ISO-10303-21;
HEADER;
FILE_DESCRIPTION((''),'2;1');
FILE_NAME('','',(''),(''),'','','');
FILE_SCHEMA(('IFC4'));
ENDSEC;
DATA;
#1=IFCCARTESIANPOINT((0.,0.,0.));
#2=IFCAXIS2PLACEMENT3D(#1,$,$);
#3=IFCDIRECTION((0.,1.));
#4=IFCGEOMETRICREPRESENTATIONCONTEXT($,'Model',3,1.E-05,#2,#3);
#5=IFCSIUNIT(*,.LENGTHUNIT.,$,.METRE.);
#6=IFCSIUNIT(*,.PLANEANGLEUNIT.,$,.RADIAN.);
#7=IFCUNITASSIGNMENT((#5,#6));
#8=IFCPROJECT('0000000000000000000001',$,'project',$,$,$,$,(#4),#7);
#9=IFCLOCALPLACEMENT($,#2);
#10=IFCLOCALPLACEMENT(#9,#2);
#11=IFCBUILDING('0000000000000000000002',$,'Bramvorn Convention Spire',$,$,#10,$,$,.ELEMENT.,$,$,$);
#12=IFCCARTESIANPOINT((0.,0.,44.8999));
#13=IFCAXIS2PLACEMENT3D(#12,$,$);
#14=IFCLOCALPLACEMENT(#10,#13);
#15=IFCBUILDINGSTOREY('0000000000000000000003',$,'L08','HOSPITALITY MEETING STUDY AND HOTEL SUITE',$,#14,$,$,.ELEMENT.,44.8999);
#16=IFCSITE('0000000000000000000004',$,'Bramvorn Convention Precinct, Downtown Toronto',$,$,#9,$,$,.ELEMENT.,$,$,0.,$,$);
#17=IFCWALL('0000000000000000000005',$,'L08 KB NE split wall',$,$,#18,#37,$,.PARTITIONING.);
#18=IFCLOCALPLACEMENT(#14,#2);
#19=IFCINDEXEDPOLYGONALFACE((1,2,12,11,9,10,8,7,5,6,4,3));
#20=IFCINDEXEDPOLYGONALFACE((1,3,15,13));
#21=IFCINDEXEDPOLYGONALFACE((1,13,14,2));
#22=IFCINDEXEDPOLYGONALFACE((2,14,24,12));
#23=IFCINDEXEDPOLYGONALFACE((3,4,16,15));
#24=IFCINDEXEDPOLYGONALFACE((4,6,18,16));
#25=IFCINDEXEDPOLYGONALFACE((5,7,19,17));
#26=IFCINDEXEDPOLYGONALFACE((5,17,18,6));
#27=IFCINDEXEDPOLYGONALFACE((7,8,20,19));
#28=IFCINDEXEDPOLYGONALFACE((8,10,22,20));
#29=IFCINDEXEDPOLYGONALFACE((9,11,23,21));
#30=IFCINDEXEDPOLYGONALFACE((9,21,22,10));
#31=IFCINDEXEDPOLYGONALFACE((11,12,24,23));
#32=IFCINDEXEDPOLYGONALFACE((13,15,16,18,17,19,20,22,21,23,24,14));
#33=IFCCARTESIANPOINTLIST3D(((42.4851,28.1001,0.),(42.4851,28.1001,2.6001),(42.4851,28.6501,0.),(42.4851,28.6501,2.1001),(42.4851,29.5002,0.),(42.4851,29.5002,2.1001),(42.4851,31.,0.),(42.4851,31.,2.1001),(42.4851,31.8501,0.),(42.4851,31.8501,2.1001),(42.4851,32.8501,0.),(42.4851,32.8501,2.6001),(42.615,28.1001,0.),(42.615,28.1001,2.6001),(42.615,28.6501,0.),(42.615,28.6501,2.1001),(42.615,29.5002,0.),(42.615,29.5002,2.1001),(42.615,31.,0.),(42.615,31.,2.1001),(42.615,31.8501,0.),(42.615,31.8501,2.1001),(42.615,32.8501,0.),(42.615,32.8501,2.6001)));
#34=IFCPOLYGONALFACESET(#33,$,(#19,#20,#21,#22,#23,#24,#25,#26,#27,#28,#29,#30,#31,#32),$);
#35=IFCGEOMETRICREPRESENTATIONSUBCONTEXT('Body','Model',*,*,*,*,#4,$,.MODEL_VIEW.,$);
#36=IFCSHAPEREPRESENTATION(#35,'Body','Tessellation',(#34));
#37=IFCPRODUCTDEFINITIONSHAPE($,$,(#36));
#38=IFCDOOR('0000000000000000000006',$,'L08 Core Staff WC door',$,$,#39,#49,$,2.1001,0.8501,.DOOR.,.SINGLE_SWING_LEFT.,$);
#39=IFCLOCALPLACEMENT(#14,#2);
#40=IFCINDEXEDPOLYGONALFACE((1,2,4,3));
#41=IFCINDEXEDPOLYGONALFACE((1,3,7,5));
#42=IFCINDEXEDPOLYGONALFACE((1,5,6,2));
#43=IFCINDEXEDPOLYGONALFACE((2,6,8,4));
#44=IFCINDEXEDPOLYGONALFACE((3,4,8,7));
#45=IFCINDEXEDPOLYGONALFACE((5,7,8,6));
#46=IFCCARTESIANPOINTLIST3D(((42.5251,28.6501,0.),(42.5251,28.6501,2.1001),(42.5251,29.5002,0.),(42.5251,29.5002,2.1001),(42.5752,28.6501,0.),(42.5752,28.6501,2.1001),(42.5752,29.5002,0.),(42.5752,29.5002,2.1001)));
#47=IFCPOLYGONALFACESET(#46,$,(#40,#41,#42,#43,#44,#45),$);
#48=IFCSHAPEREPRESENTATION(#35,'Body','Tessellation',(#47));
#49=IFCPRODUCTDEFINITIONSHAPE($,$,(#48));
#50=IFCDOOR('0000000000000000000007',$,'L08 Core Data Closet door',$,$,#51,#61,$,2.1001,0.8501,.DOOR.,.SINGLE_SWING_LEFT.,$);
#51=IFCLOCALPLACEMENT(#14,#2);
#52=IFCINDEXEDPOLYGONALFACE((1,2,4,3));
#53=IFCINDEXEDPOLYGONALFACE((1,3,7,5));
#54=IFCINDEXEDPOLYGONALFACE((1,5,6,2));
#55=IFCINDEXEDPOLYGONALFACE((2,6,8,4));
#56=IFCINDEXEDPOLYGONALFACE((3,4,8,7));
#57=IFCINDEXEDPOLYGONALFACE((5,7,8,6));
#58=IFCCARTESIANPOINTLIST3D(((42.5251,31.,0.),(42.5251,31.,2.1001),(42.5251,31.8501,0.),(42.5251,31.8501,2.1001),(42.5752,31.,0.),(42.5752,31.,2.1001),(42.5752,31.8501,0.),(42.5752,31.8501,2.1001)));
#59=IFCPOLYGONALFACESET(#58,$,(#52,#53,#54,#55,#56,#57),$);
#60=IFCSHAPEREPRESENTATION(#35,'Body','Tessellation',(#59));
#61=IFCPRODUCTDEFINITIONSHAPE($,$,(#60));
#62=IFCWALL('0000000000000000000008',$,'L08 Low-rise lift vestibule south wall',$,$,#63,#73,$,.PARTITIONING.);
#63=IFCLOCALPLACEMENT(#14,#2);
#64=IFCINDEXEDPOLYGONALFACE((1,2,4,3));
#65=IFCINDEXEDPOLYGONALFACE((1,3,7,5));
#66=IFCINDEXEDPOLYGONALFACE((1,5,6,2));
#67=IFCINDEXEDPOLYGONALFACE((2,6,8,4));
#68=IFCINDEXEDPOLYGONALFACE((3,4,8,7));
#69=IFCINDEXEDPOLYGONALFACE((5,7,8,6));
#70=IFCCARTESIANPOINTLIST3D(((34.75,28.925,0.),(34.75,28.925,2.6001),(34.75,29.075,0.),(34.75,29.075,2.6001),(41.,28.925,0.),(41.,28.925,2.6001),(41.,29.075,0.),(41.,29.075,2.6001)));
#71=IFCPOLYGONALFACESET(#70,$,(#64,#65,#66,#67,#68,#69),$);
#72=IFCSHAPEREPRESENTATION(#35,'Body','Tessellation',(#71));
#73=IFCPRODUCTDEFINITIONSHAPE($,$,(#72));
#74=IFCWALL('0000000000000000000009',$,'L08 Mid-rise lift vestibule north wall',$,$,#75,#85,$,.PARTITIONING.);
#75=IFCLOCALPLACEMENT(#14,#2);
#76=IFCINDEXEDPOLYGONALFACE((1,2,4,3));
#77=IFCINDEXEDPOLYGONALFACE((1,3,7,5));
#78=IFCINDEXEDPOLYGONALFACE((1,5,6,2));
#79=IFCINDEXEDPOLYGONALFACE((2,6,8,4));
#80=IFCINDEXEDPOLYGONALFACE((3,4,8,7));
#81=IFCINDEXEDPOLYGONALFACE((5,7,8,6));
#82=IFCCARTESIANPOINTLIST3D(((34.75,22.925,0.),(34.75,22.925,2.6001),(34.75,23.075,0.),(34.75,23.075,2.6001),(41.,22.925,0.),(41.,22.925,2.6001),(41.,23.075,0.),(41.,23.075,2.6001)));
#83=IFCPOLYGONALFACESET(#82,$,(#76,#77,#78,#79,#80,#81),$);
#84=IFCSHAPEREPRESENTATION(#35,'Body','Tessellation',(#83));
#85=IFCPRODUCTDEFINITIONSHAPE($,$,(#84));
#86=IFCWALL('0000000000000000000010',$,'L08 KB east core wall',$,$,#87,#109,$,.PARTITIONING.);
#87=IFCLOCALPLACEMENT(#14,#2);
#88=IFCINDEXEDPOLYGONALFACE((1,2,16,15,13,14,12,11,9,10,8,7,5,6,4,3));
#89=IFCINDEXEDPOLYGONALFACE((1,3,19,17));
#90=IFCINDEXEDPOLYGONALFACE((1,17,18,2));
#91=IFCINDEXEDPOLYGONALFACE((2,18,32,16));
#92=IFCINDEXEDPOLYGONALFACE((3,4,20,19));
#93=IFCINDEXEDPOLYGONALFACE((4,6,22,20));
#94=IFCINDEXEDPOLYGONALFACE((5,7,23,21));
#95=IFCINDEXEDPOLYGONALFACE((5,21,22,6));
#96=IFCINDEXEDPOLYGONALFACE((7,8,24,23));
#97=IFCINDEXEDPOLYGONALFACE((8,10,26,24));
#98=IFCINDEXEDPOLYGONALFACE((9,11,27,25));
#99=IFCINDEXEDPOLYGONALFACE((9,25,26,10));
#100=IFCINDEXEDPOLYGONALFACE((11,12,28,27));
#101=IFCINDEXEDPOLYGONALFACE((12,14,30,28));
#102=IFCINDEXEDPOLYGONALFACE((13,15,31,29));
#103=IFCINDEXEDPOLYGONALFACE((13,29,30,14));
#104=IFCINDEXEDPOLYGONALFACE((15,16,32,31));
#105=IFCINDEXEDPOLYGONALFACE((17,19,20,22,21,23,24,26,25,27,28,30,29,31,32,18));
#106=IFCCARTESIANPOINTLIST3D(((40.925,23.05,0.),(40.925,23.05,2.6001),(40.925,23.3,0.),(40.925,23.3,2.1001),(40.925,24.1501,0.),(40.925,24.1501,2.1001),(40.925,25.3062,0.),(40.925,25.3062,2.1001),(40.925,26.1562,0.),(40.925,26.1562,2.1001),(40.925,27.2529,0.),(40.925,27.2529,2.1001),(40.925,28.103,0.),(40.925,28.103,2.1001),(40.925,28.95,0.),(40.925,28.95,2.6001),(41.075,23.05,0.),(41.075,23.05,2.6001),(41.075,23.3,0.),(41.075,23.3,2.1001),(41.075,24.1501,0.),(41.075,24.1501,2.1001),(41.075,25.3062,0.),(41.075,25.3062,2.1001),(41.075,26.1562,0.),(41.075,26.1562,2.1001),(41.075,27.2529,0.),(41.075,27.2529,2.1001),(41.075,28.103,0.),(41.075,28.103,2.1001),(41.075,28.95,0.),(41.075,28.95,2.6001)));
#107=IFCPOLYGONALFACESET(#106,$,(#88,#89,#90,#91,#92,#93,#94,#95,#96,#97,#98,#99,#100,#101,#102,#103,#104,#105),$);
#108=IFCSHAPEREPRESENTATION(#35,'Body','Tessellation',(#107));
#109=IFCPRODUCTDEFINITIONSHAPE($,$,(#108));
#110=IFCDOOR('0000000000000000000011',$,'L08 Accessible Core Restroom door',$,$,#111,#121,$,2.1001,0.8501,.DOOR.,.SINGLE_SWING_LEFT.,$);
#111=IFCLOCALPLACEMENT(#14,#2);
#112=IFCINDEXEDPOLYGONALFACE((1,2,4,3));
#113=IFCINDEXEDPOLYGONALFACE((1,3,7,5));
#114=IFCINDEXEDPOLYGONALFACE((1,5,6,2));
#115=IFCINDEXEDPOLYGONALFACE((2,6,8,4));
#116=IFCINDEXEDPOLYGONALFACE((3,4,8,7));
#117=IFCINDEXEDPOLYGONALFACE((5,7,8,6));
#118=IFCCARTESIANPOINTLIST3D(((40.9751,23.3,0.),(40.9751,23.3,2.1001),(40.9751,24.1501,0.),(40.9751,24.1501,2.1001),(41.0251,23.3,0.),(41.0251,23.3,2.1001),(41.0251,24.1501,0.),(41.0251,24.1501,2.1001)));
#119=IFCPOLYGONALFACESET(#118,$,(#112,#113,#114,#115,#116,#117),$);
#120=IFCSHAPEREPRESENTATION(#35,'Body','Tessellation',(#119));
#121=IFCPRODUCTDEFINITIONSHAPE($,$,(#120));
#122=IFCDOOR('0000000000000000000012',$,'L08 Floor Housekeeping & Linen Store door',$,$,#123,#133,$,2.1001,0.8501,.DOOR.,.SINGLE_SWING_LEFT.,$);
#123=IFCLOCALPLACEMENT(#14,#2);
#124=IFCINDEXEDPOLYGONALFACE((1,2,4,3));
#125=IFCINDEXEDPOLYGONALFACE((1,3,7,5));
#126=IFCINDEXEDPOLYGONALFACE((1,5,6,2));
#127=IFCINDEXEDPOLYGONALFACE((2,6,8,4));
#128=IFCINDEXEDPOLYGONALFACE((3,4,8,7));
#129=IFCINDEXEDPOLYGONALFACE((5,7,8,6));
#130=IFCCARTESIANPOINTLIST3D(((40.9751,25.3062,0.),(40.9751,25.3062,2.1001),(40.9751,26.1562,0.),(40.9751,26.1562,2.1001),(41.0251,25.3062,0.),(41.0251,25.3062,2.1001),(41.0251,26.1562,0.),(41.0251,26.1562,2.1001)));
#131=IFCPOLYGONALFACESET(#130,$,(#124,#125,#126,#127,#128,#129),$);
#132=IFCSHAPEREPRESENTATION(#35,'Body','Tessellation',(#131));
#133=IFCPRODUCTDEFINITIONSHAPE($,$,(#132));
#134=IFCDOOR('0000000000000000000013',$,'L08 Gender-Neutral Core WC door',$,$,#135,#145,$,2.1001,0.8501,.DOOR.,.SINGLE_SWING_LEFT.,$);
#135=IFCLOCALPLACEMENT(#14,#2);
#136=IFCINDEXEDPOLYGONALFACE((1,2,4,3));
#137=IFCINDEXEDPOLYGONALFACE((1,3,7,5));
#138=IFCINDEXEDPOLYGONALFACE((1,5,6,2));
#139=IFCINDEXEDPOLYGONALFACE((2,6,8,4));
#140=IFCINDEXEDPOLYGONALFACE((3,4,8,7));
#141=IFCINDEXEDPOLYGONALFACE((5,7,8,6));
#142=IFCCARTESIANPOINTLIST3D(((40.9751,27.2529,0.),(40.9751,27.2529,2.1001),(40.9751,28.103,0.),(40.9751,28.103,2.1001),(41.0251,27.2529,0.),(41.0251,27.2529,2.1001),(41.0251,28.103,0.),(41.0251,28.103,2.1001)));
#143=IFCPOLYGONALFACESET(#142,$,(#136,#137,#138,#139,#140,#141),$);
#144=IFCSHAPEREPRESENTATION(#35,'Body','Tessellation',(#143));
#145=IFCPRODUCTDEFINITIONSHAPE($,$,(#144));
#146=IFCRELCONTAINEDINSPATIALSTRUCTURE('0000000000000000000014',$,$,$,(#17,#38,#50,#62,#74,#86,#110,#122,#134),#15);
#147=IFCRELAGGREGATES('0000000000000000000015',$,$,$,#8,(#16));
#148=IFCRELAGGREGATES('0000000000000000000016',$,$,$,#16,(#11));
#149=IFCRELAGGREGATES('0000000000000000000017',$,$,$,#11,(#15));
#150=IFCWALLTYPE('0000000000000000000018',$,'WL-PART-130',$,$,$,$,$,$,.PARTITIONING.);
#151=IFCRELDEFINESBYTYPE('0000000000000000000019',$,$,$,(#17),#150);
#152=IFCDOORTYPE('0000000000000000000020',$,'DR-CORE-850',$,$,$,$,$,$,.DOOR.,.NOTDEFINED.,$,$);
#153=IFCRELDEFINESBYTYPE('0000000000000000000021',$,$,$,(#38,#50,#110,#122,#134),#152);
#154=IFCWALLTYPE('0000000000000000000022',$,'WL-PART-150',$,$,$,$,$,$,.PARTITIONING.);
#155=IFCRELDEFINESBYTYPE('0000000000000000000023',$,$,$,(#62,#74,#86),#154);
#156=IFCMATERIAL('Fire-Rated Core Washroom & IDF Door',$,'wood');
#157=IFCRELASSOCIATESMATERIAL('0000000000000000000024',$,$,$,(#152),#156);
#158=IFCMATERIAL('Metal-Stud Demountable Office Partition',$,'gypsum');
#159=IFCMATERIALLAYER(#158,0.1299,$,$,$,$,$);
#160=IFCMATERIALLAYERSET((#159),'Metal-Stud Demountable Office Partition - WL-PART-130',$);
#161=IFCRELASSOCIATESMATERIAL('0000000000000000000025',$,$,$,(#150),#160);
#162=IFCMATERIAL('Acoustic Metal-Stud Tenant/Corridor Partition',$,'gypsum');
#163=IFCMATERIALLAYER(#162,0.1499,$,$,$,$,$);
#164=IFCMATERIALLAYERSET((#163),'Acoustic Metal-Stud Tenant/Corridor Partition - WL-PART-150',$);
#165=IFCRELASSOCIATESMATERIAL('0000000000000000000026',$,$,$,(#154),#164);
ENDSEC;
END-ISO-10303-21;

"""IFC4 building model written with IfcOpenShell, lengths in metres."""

from ifc_helpers import new_model, si_unit, direction, frame, frame_2d, origin, place, context, subcontext, project, spatial, rectangle, extrude, material, layer, layer_set, type_object, element, fill, save


model = new_model("IFC4")

# Units and contexts
model_context = context("Model", 3, precision=1e-05, world=origin(), true_north=direction((0.0, 1.0)))
body_context = subcontext(model_context, "Body", "Model", "MODEL_VIEW")
ifc_project = project(units=[si_unit("LENGTHUNIT", "METRE"), si_unit("PLANEANGLEUNIT", "RADIAN")], contexts=[model_context])

# Site, building, storey
site_placement = place(None, origin())
site = spatial("IfcSite", under=ifc_project, at=site_placement, Name="Bramvorn Convention Precinct, Downtown Toronto", CompositionType="ELEMENT", RefElevation=0.0)
building_placement = place(site_placement, origin())
building = spatial("IfcBuilding", under=site, at=building_placement, Name="Bramvorn Convention Spire", CompositionType="ELEMENT")
storey_placement = place(building_placement, frame((0.0, 0.0, 44.8999)))
storey = spatial("IfcBuildingStorey", under=building, at=storey_placement, Name="L08", Description="HOSPITALITY MEETING STUDY AND HOTEL SUITE", CompositionType="ELEMENT", Elevation=44.8999)

# Shared definitions
ifc_material_1 = material(Name="Fire-Rated Core Washroom & IDF Door", Category="wood")
door_type_1 = type_object("IfcDoorType", Name="DR-CORE-850", OperationType="NOTDEFINED", PredefinedType="DOOR", material=ifc_material_1)

# Wall, openings, doors
ifc_material_2 = material(Name="Metal-Stud Demountable Office Partition", Category="gypsum")
ifc_layer_1 = layer(ifc_material_2, 0.1299)
ifc_layer_set_1 = layer_set([ifc_layer_1], Name="Metal-Stud Demountable Office Partition - WL-PART-130")
wall_type_1 = type_object("IfcWallType", Name="WL-PART-130", PredefinedType="PARTITIONING", material=ifc_layer_set_1)
wall_1_placement = place(storey_placement, frame((42.55, 28.1001, 0.0), z_axis=(0.0, 0.0, 1.0), x_axis=(0.0, 1.0, 0.0)))
wall_1 = element("IfcWall", 1, at=wall_1_placement, inside=storey, type_object=wall_type_1, Name="L08 KB NE split wall", PredefinedType="PARTITIONING", context=body_context, shape_type="SweptSolid", body=[
    extrude(rectangle(XDim=4.75, YDim=0.1299, at=frame_2d((2.375, 0.0))), origin(), (0.0, 0.0, 1.0), 2.6001),
])
opening_1_placement = place(wall_1_placement, frame((0.55, 0.0, 0.0)))
opening_1 = element("IfcOpeningElement", 2, at=opening_1_placement, cuts=wall_1, PredefinedType="OPENING", context=body_context, shape_type="SweptSolid", body=[
    extrude(rectangle(XDim=0.8501, YDim=2.1001, at=frame_2d((0.425, 1.05))), frame((0.0, 0.075, 0.0), z_axis=(0.0, -1.0, 0.0), x_axis=(1.0, 0.0, 0.0)), (0.0, 0.0, 1.0), 0.1499),
])
opening_2_placement = place(wall_1_placement, frame((2.8999, 0.0, 0.0)))
opening_2 = element("IfcOpeningElement", 3, at=opening_2_placement, cuts=wall_1, PredefinedType="OPENING", context=body_context, shape_type="SweptSolid", body=[
    extrude(rectangle(XDim=0.8501, YDim=2.1001, at=frame_2d((0.425, 1.05))), frame((0.0, 0.075, 0.0), z_axis=(0.0, -1.0, 0.0), x_axis=(1.0, 0.0, 0.0)), (0.0, 0.0, 1.0), 0.1499),
])
door_1_placement = place(opening_1_placement, origin())
door_1 = element("IfcDoor", 4, at=door_1_placement, inside=storey, type_object=door_type_1, Name="L08 Core Staff WC door", OperationType="SINGLE_SWING_LEFT", OverallHeight=2.1001, OverallWidth=0.8501, PredefinedType="DOOR", context=body_context, shape_type="SweptSolid", body=[
    extrude(rectangle(XDim=0.8501, YDim=2.1001, at=frame_2d((0.425, 1.05))), frame((0.0, 0.0249, 0.0), z_axis=(0.0, -1.0, 0.0), x_axis=(1.0, 0.0, 0.0)), (0.0, 0.0, 1.0), 0.05),
])
fill(opening_1, door_1)
door_2_placement = place(opening_2_placement, origin())
door_2 = element("IfcDoor", 5, at=door_2_placement, inside=storey, type_object=door_type_1, Name="L08 Core Data Closet door", OperationType="SINGLE_SWING_LEFT", OverallHeight=2.1001, OverallWidth=0.8501, PredefinedType="DOOR", context=body_context, shape_type="SweptSolid", body=[
    extrude(rectangle(XDim=0.8501, YDim=2.1001, at=frame_2d((0.425, 1.05))), frame((0.0, 0.0249, 0.0), z_axis=(0.0, -1.0, 0.0), x_axis=(1.0, 0.0, 0.0)), (0.0, 0.0, 1.0), 0.05),
])
fill(opening_2, door_2)

# Walls
ifc_material_3 = material(Name="Acoustic Metal-Stud Tenant/Corridor Partition", Category="gypsum")
ifc_layer_2 = layer(ifc_material_3, 0.1499)
ifc_layer_set_2 = layer_set([ifc_layer_2], Name="Acoustic Metal-Stud Tenant/Corridor Partition - WL-PART-150")
wall_type_2 = type_object("IfcWallType", Name="WL-PART-150", PredefinedType="PARTITIONING", material=ifc_layer_set_2)
for number, where, z_axis, x_axis, name in (
    (6, (34.75, 29.0, 0.0), (0.0, 0.0, 1.0), (1.0, 0.0, 0.0), "L08 Low-rise lift vestibule south wall"),
    (7, (34.75, 23.0, 0.0), (0.0, 0.0, 1.0), (1.0, 0.0, 0.0), "L08 Mid-rise lift vestibule north wall"),
):
    element("IfcWall", number, at=place(storey_placement, frame(where, z_axis=z_axis, x_axis=x_axis)), inside=storey, type_object=wall_type_2, Name=name, PredefinedType="PARTITIONING", context=body_context, shape_type="SweptSolid", body=[
        extrude(rectangle(XDim=6.25, YDim=0.1499, at=frame_2d((3.125, 0.0))), origin(), (0.0, 0.0, 1.0), 2.6001),
    ])

# Wall, openings, doors
wall_2_placement = place(storey_placement, frame((41.0, 23.05, 0.0), z_axis=(0.0, 0.0, 1.0), x_axis=(0.0, 1.0, 0.0)))
wall_2 = element("IfcWall", 8, at=wall_2_placement, inside=storey, type_object=wall_type_2, Name="L08 KB east core wall", PredefinedType="PARTITIONING", context=body_context, shape_type="SweptSolid", body=[
    extrude(rectangle(XDim=5.8999, YDim=0.1499, at=frame_2d((2.95, 0.0))), origin(), (0.0, 0.0, 1.0), 2.6001),
])
opening_3_placement = place(wall_2_placement, frame((0.25, 0.0, 0.0)))
opening_3 = element("IfcOpeningElement", 9, at=opening_3_placement, cuts=wall_2, PredefinedType="OPENING", context=body_context, shape_type="SweptSolid", body=[
    extrude(rectangle(XDim=0.8501, YDim=2.1001, at=frame_2d((0.425, 1.05))), frame((0.0, 0.085, 0.0), z_axis=(0.0, -1.0, 0.0), x_axis=(1.0, 0.0, 0.0)), (0.0, 0.0, 1.0), 0.1699),
])
opening_4_placement = place(wall_2_placement, frame((2.2561, 0.0, 0.0)))
opening_4 = element("IfcOpeningElement", 10, at=opening_4_placement, cuts=wall_2, PredefinedType="OPENING", context=body_context, shape_type="SweptSolid", body=[
    extrude(rectangle(XDim=0.8501, YDim=2.1001, at=frame_2d((0.425, 1.05))), frame((0.0, 0.085, 0.0), z_axis=(0.0, -1.0, 0.0), x_axis=(1.0, 0.0, 0.0)), (0.0, 0.0, 1.0), 0.1699),
])
opening_5_placement = place(wall_2_placement, frame((4.2029, 0.0, 0.0)))
opening_5 = element("IfcOpeningElement", 11, at=opening_5_placement, cuts=wall_2, PredefinedType="OPENING", context=body_context, shape_type="SweptSolid", body=[
    extrude(rectangle(XDim=0.8501, YDim=2.1001, at=frame_2d((0.425, 1.05))), frame((0.0, 0.085, 0.0), z_axis=(0.0, -1.0, 0.0), x_axis=(1.0, 0.0, 0.0)), (0.0, 0.0, 1.0), 0.1699),
])
door_3_placement = place(opening_3_placement, origin())
door_3 = element("IfcDoor", 12, at=door_3_placement, inside=storey, type_object=door_type_1, Name="L08 Accessible Core Restroom door", OperationType="SINGLE_SWING_LEFT", OverallHeight=2.1001, OverallWidth=0.8501, PredefinedType="DOOR", context=body_context, shape_type="SweptSolid", body=[
    extrude(rectangle(XDim=0.8501, YDim=2.1001, at=frame_2d((0.425, 1.05))), frame((0.0, 0.0249, 0.0), z_axis=(0.0, -1.0, 0.0), x_axis=(1.0, 0.0, 0.0)), (0.0, 0.0, 1.0), 0.05),
])
fill(opening_3, door_3)
door_4_placement = place(opening_4_placement, origin())
door_4 = element("IfcDoor", 13, at=door_4_placement, inside=storey, type_object=door_type_1, Name="L08 Floor Housekeeping & Linen Store door", OperationType="SINGLE_SWING_LEFT", OverallHeight=2.1001, OverallWidth=0.8501, PredefinedType="DOOR", context=body_context, shape_type="SweptSolid", body=[
    extrude(rectangle(XDim=0.8501, YDim=2.1001, at=frame_2d((0.425, 1.05))), frame((0.0, 0.0249, 0.0), z_axis=(0.0, -1.0, 0.0), x_axis=(1.0, 0.0, 0.0)), (0.0, 0.0, 1.0), 0.05),
])
fill(opening_4, door_4)
door_5_placement = place(opening_5_placement, origin())
door_5 = element("IfcDoor", 14, at=door_5_placement, inside=storey, type_object=door_type_1, Name="L08 Gender-Neutral Core WC door", OperationType="SINGLE_SWING_LEFT", OverallHeight=2.1001, OverallWidth=0.8501, PredefinedType="DOOR", context=body_context, shape_type="SweptSolid", body=[
    extrude(rectangle(XDim=0.8501, YDim=2.1001, at=frame_2d((0.425, 1.05))), frame((0.0, 0.0249, 0.0), z_axis=(0.0, -1.0, 0.0), x_axis=(1.0, 0.0, 0.0)), (0.0, 0.0, 1.0), 0.05),
])
fill(opening_5, door_5)

save(model, "model.ifc")
